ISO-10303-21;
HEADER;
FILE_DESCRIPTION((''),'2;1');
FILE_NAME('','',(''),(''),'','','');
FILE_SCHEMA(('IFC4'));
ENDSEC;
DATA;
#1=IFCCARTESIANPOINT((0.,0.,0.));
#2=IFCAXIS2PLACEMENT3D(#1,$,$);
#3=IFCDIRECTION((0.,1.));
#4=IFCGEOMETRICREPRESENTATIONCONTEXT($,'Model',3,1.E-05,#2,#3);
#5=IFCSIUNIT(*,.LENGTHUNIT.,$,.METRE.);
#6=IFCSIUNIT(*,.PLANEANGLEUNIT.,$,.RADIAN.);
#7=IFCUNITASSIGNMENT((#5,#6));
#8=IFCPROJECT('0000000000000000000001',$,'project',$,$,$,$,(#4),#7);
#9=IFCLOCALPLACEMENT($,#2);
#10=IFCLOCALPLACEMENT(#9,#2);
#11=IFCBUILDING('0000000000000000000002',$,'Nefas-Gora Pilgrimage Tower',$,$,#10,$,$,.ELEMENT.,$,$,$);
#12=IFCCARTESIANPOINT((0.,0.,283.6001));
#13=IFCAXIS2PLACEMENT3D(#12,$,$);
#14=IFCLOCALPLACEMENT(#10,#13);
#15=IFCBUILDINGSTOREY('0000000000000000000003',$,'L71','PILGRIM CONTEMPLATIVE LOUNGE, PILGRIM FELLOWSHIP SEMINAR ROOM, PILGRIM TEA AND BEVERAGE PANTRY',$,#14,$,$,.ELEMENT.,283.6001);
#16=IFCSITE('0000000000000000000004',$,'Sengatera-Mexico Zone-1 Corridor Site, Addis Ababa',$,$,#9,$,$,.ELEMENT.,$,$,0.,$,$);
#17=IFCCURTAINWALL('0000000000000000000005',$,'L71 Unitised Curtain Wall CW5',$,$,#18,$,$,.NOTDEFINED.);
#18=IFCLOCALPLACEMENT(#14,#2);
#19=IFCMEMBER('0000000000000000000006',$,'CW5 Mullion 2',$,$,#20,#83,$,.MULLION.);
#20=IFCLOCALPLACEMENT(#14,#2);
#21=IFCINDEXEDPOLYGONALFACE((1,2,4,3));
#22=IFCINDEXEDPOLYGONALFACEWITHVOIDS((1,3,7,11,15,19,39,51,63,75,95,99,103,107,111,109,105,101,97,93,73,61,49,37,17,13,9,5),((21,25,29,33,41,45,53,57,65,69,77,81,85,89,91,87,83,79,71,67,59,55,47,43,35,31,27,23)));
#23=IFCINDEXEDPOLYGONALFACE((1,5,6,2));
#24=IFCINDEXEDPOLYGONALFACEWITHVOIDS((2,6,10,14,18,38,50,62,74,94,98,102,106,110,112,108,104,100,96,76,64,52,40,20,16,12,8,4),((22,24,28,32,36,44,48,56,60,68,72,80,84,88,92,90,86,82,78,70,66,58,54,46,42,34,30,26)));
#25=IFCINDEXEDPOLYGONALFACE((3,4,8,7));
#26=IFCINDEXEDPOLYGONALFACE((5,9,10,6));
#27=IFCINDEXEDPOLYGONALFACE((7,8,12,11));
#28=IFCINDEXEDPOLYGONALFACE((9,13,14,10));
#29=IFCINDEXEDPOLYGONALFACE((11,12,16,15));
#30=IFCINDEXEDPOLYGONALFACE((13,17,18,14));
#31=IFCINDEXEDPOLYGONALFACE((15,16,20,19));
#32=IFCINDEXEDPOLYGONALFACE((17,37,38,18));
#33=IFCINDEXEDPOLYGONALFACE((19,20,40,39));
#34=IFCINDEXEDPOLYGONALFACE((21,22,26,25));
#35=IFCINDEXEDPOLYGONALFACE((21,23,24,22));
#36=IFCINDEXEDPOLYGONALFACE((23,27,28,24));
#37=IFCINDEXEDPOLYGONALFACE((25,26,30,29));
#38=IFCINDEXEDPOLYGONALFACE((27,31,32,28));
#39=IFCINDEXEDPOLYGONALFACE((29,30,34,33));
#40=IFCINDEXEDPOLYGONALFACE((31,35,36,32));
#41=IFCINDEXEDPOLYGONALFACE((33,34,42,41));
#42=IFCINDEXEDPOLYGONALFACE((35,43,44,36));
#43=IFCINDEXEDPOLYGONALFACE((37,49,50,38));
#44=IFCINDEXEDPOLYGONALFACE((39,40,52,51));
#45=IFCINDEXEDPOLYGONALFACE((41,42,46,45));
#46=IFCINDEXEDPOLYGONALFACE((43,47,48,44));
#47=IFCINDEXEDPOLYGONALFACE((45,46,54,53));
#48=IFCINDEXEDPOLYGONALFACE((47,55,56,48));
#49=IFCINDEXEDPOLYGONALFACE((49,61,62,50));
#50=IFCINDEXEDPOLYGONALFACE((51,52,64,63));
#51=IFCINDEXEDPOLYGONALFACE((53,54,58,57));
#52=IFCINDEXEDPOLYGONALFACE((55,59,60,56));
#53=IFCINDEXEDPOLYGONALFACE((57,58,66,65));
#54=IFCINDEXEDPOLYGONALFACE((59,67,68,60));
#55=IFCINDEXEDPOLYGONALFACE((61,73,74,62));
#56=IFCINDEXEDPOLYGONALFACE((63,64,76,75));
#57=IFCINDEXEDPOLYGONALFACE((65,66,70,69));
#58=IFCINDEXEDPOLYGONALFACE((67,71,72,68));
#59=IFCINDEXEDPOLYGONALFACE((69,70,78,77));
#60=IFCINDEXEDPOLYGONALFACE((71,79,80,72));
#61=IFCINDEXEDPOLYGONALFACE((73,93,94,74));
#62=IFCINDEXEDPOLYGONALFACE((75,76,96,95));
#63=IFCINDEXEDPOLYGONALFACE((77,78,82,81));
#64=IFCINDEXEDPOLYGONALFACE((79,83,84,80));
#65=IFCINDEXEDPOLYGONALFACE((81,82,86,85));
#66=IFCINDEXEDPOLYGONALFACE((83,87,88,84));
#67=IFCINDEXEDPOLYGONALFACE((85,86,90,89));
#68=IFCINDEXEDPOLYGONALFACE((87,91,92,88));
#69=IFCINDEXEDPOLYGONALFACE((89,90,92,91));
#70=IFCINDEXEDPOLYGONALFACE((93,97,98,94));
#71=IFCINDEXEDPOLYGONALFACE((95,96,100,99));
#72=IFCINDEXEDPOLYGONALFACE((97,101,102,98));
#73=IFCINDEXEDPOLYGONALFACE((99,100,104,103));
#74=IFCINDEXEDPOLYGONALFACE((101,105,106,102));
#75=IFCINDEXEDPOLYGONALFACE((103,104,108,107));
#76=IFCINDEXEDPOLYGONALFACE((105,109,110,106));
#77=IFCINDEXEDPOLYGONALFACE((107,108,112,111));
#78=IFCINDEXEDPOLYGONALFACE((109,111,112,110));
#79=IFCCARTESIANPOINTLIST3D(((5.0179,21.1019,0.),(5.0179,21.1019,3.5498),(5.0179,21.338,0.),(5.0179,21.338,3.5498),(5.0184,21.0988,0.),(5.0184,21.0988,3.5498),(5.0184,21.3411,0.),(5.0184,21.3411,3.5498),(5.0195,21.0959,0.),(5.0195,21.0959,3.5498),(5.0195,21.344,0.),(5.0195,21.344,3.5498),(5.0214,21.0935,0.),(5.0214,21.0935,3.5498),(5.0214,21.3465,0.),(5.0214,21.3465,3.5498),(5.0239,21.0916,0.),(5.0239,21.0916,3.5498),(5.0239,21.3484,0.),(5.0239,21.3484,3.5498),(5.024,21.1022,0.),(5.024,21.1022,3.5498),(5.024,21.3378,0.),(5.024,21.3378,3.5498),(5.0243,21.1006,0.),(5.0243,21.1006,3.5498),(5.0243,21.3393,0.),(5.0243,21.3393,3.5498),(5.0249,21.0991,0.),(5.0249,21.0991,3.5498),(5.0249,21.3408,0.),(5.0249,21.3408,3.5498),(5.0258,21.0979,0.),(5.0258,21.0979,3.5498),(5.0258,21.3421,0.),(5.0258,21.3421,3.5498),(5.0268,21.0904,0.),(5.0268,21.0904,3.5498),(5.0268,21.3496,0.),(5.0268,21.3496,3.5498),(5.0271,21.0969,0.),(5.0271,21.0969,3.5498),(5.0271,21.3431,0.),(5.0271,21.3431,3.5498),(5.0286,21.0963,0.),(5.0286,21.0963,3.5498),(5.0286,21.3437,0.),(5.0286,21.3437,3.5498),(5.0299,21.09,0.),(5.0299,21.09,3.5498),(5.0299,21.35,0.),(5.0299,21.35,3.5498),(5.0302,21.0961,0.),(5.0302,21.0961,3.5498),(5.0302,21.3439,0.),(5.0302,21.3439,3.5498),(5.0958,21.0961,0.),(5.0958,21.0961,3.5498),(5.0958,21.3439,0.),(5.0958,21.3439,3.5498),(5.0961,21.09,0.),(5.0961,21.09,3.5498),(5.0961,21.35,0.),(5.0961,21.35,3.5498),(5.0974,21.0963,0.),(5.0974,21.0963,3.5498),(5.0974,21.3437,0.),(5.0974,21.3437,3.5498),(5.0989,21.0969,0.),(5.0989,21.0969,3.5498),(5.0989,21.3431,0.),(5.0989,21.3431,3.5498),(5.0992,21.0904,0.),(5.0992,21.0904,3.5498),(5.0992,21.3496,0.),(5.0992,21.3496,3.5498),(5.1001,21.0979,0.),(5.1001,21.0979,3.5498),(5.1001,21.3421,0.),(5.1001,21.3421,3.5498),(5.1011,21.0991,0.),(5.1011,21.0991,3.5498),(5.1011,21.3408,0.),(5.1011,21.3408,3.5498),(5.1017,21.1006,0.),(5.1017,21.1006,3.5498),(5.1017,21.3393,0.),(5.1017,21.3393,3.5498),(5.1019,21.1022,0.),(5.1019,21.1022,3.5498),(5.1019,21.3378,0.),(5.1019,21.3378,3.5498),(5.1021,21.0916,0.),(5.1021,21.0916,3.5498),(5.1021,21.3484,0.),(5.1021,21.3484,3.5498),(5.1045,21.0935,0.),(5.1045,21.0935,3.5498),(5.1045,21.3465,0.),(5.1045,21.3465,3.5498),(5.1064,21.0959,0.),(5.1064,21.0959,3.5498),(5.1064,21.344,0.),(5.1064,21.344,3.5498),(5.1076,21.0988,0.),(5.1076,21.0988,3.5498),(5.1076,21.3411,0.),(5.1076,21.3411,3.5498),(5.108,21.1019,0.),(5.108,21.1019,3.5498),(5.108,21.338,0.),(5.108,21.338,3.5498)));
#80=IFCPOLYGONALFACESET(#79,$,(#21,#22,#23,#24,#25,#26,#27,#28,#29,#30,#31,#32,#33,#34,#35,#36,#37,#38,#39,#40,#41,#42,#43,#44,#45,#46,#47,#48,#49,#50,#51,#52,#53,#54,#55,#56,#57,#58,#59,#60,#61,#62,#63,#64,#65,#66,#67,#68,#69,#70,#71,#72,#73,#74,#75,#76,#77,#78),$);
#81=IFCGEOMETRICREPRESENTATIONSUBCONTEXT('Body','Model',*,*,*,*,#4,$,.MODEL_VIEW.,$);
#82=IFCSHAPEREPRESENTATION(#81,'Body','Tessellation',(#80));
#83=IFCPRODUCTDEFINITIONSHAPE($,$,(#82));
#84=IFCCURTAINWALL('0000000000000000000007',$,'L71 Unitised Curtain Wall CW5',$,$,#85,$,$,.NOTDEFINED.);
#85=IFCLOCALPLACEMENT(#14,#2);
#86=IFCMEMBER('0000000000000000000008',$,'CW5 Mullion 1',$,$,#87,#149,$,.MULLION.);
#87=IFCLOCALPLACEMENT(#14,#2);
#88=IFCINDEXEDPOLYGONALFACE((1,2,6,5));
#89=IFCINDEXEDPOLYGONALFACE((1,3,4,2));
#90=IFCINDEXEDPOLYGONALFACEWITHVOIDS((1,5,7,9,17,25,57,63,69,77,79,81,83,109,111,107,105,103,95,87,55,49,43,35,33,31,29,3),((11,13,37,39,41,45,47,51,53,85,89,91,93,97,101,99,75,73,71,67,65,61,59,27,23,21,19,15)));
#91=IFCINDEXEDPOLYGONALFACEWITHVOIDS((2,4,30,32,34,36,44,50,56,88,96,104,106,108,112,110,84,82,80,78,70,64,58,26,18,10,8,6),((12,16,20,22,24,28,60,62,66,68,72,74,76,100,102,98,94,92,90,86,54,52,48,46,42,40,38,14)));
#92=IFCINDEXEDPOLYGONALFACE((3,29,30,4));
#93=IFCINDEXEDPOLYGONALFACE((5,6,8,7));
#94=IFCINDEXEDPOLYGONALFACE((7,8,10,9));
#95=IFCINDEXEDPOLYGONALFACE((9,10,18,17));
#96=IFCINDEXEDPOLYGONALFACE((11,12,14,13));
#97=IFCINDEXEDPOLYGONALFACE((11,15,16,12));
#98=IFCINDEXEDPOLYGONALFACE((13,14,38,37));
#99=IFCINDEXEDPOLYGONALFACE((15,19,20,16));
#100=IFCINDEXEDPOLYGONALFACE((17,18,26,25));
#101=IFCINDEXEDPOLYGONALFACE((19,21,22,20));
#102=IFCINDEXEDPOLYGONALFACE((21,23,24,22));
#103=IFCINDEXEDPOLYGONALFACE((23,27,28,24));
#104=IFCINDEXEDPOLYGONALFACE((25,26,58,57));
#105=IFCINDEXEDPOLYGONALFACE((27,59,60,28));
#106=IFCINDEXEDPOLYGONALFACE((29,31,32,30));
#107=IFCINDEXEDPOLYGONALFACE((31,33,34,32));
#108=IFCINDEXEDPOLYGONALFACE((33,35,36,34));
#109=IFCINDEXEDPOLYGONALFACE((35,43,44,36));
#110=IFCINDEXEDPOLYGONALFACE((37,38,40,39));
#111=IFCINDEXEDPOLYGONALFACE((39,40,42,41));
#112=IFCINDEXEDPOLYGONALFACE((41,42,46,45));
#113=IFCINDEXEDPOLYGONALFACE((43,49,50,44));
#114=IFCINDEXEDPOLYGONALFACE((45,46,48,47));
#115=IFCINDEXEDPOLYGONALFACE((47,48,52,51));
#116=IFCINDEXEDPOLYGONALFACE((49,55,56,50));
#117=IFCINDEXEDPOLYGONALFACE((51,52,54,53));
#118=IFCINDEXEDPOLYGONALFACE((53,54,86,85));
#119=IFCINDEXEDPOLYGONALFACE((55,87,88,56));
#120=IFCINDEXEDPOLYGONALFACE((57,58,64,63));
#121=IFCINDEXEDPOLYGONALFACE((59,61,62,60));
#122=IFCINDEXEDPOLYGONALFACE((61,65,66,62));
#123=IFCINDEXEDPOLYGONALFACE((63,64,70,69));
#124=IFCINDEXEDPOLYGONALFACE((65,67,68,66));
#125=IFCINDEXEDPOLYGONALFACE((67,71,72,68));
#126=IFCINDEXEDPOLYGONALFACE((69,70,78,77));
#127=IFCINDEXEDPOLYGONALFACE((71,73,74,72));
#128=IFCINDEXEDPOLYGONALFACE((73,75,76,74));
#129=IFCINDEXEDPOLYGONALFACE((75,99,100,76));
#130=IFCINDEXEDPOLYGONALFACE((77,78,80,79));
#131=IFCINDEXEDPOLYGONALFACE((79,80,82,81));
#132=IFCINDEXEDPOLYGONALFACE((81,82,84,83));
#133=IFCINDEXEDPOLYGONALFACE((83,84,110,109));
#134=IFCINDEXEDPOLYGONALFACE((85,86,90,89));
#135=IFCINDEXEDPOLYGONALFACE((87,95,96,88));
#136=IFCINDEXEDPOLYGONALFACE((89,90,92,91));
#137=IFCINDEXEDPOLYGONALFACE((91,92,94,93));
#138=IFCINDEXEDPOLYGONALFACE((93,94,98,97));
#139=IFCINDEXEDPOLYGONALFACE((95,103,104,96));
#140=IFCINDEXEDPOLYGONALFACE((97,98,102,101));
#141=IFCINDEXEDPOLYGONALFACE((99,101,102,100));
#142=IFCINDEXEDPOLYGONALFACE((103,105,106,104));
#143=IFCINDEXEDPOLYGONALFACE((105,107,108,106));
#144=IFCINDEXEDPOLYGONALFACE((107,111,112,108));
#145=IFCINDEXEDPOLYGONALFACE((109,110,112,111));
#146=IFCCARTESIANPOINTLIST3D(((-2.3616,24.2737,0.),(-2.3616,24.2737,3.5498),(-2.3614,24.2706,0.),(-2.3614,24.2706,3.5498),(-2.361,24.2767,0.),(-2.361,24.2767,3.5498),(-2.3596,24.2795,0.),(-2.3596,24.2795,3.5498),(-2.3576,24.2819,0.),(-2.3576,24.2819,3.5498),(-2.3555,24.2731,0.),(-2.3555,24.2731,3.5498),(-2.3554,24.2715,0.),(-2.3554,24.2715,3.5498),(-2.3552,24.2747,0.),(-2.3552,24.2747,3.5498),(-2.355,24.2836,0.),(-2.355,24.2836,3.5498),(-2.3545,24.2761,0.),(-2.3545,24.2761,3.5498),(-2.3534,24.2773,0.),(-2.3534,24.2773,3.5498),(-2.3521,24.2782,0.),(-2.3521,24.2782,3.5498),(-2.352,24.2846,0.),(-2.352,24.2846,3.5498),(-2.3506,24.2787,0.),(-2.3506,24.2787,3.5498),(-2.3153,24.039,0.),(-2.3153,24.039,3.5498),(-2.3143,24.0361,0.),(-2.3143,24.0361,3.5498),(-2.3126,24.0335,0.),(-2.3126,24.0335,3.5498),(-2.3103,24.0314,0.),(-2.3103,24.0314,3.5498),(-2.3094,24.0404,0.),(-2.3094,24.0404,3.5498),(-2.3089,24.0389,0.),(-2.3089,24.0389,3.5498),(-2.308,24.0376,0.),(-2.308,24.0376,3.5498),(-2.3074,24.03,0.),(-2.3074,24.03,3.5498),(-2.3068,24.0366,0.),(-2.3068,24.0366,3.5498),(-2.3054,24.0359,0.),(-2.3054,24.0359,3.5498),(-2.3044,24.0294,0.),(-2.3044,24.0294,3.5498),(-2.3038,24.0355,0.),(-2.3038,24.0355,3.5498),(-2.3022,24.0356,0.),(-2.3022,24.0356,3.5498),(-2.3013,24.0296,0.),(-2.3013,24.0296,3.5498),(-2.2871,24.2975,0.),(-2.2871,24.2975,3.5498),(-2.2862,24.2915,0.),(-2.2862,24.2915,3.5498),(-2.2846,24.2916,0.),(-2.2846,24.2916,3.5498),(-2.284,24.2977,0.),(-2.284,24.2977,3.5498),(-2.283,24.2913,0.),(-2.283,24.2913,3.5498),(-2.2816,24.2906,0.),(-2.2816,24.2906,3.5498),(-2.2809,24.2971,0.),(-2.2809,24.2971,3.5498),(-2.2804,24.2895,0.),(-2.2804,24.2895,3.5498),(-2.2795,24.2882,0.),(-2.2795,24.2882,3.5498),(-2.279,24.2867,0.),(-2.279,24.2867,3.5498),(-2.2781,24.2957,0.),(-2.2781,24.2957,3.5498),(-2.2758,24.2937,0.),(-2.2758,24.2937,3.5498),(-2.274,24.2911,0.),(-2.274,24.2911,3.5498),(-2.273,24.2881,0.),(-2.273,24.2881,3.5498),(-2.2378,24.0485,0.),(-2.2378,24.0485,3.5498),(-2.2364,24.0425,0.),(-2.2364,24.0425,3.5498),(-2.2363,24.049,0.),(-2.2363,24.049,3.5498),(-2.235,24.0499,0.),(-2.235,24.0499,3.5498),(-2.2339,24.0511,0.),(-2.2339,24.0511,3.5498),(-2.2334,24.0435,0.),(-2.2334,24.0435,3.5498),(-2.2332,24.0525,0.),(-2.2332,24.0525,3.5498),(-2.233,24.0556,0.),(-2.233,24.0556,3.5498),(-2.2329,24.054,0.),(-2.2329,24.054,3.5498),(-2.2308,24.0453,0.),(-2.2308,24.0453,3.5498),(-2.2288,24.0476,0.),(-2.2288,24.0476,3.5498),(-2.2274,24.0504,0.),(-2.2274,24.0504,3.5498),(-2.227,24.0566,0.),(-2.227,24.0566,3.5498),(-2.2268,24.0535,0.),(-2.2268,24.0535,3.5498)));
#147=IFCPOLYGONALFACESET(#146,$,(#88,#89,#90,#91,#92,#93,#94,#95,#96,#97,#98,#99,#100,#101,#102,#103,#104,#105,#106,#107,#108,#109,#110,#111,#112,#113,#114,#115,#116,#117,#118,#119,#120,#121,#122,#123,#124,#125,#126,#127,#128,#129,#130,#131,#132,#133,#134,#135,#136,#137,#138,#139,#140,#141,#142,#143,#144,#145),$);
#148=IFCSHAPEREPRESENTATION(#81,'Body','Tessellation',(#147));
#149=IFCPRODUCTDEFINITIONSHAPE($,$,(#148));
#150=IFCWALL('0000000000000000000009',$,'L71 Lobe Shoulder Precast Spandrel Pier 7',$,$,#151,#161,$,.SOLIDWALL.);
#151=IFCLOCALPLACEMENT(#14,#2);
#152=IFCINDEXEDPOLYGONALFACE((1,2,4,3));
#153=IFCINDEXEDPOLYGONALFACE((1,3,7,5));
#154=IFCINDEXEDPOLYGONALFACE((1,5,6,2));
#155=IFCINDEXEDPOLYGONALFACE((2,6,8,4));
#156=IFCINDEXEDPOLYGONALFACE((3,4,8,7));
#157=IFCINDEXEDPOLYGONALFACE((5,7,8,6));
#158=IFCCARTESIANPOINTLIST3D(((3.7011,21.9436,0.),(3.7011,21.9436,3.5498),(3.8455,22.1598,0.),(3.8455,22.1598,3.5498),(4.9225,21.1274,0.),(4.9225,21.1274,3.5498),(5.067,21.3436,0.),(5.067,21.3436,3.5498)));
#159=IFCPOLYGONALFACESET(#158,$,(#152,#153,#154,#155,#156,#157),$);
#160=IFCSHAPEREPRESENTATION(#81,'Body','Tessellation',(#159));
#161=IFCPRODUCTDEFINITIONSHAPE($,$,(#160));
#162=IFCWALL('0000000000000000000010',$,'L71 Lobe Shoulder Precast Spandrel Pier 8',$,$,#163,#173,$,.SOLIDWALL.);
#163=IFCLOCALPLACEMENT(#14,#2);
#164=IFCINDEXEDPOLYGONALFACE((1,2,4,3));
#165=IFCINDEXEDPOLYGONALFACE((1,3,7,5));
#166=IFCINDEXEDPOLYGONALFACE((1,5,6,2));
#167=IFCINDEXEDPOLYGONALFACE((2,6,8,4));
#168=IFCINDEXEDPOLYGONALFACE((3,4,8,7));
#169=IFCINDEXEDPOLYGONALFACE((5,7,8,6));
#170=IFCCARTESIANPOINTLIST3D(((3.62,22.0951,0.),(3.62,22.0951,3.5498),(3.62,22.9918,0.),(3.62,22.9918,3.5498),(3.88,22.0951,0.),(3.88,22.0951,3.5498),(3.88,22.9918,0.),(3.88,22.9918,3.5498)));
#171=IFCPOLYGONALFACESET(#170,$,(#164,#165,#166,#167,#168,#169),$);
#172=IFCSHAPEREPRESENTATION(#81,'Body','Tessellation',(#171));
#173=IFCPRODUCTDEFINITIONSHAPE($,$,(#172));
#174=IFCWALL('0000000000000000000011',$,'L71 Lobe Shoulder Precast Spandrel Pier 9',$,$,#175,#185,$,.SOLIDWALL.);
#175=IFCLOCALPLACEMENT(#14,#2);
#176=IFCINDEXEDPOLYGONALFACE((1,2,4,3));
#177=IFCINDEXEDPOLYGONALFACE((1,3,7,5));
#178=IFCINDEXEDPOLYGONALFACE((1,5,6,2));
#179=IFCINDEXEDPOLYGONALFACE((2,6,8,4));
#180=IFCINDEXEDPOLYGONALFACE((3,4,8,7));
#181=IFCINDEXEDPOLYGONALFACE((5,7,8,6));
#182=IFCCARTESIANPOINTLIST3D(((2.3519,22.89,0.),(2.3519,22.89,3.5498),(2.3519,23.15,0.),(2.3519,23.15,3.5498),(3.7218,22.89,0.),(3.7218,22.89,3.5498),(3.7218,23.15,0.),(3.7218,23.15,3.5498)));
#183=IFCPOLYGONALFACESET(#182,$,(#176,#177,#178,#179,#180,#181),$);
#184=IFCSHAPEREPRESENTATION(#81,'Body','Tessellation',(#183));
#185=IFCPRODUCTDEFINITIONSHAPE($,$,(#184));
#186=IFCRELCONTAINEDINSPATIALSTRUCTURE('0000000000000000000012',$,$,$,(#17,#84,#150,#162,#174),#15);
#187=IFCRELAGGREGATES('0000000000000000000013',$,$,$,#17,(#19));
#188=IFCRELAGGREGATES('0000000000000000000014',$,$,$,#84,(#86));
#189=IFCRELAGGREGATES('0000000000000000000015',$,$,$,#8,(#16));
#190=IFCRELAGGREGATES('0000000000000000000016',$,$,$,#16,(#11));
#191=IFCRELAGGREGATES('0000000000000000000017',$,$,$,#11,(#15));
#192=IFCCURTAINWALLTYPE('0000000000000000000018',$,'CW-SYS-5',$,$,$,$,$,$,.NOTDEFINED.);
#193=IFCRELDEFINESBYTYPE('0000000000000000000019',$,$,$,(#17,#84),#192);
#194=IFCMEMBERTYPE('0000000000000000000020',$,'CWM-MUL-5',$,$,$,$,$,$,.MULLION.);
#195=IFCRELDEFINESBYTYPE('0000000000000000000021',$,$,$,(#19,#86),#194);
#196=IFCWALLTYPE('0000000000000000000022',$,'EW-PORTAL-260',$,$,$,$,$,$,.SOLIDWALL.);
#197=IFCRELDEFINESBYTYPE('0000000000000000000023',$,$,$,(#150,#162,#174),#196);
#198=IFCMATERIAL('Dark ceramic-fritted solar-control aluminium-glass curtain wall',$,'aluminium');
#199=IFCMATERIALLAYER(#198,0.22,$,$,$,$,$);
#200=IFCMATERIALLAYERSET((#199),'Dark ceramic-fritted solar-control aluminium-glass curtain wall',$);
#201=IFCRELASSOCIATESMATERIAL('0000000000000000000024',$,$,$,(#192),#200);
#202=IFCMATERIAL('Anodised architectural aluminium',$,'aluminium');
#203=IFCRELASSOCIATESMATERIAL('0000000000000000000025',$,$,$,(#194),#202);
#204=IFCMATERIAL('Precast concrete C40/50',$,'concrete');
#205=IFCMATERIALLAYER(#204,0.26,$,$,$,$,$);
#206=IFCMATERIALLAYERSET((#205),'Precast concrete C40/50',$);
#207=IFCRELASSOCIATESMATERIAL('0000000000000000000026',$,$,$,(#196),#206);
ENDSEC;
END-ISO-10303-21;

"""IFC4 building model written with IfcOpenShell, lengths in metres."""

from ifc_helpers import new_model, si_unit, direction, frame, frame_2d, origin, origin_2d, place, context, subcontext, project, spatial, rectangle, hollow_rectangle, extrude, source, transform, mapped, material, layer, layer_set, material_profile, profile_set, type_object, element, aggregate, save


model = new_model("IFC4")

# Units and contexts
model_context = context("Model", 3, precision=1e-05, world=origin(), true_north=direction((0.0, 1.0)))
body_context = subcontext(model_context, "Body", "Model", "MODEL_VIEW")
ifc_project = project(units=[si_unit("LENGTHUNIT", "METRE"), si_unit("PLANEANGLEUNIT", "RADIAN")], contexts=[model_context])

# Site, building, storey
site_placement = place(None, origin())
site = spatial("IfcSite", under=ifc_project, at=site_placement, Name="Sengatera-Mexico Zone-1 Corridor Site, Addis Ababa", CompositionType="ELEMENT", RefElevation=0.0)
building_placement = place(site_placement, origin())
building = spatial("IfcBuilding", under=site, at=building_placement, Name="Nefas-Gora Pilgrimage Tower", CompositionType="ELEMENT")
storey_placement = place(building_placement, frame((0.0, 0.0, 283.6001)))
storey = spatial("IfcBuildingStorey", under=building, at=storey_placement, Name="L71", Description="PILGRIM CONTEMPLATIVE LOUNGE, PILGRIM FELLOWSHIP SEMINAR ROOM, PILGRIM TEA AND BEVERAGE PANTRY", CompositionType="ELEMENT", Elevation=283.6001)

# Curtain walls, members
ifc_material_1 = material(Name="Dark ceramic-fritted solar-control aluminium-glass curtain wall", Category="aluminium")
ifc_layer_1 = layer(ifc_material_1, 0.22)
ifc_layer_set_1 = layer_set([ifc_layer_1], Name="Dark ceramic-fritted solar-control aluminium-glass curtain wall")
curtain_wall_type = type_object("IfcCurtainWallType", Name="CW-SYS-5", PredefinedType="NOTDEFINED", material=ifc_layer_set_1)
curtain_wall_1_placement = place(storey_placement, origin())
curtain_wall_1 = element("IfcCurtainWall", 1, at=curtain_wall_1_placement, inside=storey, type_object=curtain_wall_type, Name="L71 Unitised Curtain Wall CW5", PredefinedType="NOTDEFINED")
ifc_material_2 = material(Name="Anodised architectural aluminium", Category="aluminium")
ifc_material_profile_1 = material_profile(ifc_material_2, hollow_rectangle(XDim=0.0901, YDim=0.26, WallThickness=0.0061, InnerFilletRadius=0.0061, OuterFilletRadius=0.012, at=origin_2d()), Name="ALU MULLION 90x260")
ifc_profile_set_1 = profile_set([ifc_material_profile_1], Name="Anodised architectural aluminium")
member_type = type_object("IfcMemberType", Name="CWM-MUL-5", PredefinedType="MULLION", material=ifc_profile_set_1)
shared_shape_1 = source(origin(), body_context, "Body", "SweptSolid", [
    extrude(hollow_rectangle(XDim=0.0901, YDim=0.26, WallThickness=0.0061, InnerFilletRadius=0.0061, OuterFilletRadius=0.012, at=origin_2d()), origin(), (0.0, 0.0, 1.0), 3.5498),
])
member_1_placement = place(storey_placement, frame((5.063, 21.22, 0.0), z_axis=(0.0, 0.0, 1.0), x_axis=(-1.0, 0.0, 0.0)))
member_1 = element("IfcMember", 2, at=member_1_placement, type_object=member_type, Name="CW5 Mullion 2", PredefinedType="MULLION", context=body_context, shape_type="MappedRepresentation", body=[
    mapped(shared_shape_1, transform((0.0, 0.0, 0.0), x_axis=(1.0, 0.0, 0.0), y_axis=(0.0, 1.0, 0.0), z_axis=(0.0, 0.0, 1.0), scale=1.0)),
])
aggregate(curtain_wall_1, [member_1])
curtain_wall_2_placement = place(storey_placement, origin())
curtain_wall_2 = element("IfcCurtainWall", 3, at=curtain_wall_2_placement, inside=storey, type_object=curtain_wall_type, Name="L71 Unitised Curtain Wall CW5", PredefinedType="NOTDEFINED")
member_2_placement = place(storey_placement, frame((-2.2942, 24.1636, 0.0), z_axis=(0.0, 0.0, 1.0), x_axis=(-0.980783, -0.195102, 0.0)))
member_2 = element("IfcMember", 4, at=member_2_placement, type_object=member_type, Name="CW5 Mullion 1", PredefinedType="MULLION", context=body_context, shape_type="MappedRepresentation", body=[
    mapped(shared_shape_1, transform((0.0, 0.0, 0.0), x_axis=(1.0, 0.0, 0.0), y_axis=(0.0, 1.0, 0.0), z_axis=(0.0, 0.0, 1.0), scale=1.0)),
])
aggregate(curtain_wall_2, [member_2])

# Walls
ifc_material_3 = material(Name="Precast concrete C40/50", Category="concrete")
ifc_layer_2 = layer(ifc_material_3, 0.26)
ifc_layer_set_2 = layer_set([ifc_layer_2], Name="Precast concrete C40/50")
wall_type_1 = type_object("IfcWallType", Name="EW-PORTAL-260", PredefinedType="SOLIDWALL", material=ifc_layer_set_2)
shared_shape_2 = source(origin(), body_context, "Body", "SweptSolid", [
    extrude(rectangle(XDim=1.469, YDim=0.26, at=frame_2d((0.7344, 0.0))), origin(), (0.0, 0.0, 1.0), 3.5498),
])
wall_1_placement = place(storey_placement, frame((4.9946, 21.2356, 0.0), z_axis=(0.0, 0.0, 1.0), x_axis=(-0.831462, 0.555582, 0.0)))
element("IfcWall", 5, at=wall_1_placement, inside=storey, type_object=wall_type_1, Name="L71 Lobe Shoulder Precast Spandrel Pier 7", PredefinedType="SOLIDWALL", context=body_context, shape_type="MappedRepresentation", body=[
    mapped(shared_shape_2, transform((0.0, 0.0, 0.0), x_axis=(1.0, 0.0, 0.0), y_axis=(0.0, 1.0, 0.0), z_axis=(0.0, 0.0, 1.0), scale=1.0)),
])
shared_shape_3 = source(origin(), body_context, "Body", "SweptSolid", [
    extrude(rectangle(XDim=0.8967, YDim=0.26, at=frame_2d((0.4482, 0.0))), origin(), (0.0, 0.0, 1.0), 3.5498),
])
wall_2_placement = place(storey_placement, frame((3.75, 22.0952, 0.0), z_axis=(0.0, 0.0, 1.0), x_axis=(0.0, 1.0, 0.0)))
element("IfcWall", 6, at=wall_2_placement, inside=storey, type_object=wall_type_1, Name="L71 Lobe Shoulder Precast Spandrel Pier 8", PredefinedType="SOLIDWALL", context=body_context, shape_type="MappedRepresentation", body=[
    mapped(shared_shape_3, transform((0.0, 0.0, 0.0), x_axis=(1.0, 0.0, 0.0), y_axis=(0.0, 1.0, 0.0), z_axis=(0.0, 0.0, 1.0), scale=1.0)),
])
shared_shape_4 = source(origin(), body_context, "Body", "SweptSolid", [
    extrude(rectangle(XDim=1.3699, YDim=0.26, at=frame_2d((0.6851, 0.0))), origin(), (0.0, 0.0, 1.0), 3.5498),
])
wall_3_placement = place(storey_placement, frame((3.7219, 23.02, 0.0), z_axis=(0.0, 0.0, 1.0), x_axis=(-1.0, 0.0, 0.0)))
element("IfcWall", 7, at=wall_3_placement, inside=storey, type_object=wall_type_1, Name="L71 Lobe Shoulder Precast Spandrel Pier 9", PredefinedType="SOLIDWALL", context=body_context, shape_type="MappedRepresentation", body=[
    mapped(shared_shape_4, transform((0.0, 0.0, 0.0), x_axis=(1.0, 0.0, 0.0), y_axis=(0.0, 1.0, 0.0), z_axis=(0.0, 0.0, 1.0), scale=1.0)),
])

save(model, "model.ifc")
